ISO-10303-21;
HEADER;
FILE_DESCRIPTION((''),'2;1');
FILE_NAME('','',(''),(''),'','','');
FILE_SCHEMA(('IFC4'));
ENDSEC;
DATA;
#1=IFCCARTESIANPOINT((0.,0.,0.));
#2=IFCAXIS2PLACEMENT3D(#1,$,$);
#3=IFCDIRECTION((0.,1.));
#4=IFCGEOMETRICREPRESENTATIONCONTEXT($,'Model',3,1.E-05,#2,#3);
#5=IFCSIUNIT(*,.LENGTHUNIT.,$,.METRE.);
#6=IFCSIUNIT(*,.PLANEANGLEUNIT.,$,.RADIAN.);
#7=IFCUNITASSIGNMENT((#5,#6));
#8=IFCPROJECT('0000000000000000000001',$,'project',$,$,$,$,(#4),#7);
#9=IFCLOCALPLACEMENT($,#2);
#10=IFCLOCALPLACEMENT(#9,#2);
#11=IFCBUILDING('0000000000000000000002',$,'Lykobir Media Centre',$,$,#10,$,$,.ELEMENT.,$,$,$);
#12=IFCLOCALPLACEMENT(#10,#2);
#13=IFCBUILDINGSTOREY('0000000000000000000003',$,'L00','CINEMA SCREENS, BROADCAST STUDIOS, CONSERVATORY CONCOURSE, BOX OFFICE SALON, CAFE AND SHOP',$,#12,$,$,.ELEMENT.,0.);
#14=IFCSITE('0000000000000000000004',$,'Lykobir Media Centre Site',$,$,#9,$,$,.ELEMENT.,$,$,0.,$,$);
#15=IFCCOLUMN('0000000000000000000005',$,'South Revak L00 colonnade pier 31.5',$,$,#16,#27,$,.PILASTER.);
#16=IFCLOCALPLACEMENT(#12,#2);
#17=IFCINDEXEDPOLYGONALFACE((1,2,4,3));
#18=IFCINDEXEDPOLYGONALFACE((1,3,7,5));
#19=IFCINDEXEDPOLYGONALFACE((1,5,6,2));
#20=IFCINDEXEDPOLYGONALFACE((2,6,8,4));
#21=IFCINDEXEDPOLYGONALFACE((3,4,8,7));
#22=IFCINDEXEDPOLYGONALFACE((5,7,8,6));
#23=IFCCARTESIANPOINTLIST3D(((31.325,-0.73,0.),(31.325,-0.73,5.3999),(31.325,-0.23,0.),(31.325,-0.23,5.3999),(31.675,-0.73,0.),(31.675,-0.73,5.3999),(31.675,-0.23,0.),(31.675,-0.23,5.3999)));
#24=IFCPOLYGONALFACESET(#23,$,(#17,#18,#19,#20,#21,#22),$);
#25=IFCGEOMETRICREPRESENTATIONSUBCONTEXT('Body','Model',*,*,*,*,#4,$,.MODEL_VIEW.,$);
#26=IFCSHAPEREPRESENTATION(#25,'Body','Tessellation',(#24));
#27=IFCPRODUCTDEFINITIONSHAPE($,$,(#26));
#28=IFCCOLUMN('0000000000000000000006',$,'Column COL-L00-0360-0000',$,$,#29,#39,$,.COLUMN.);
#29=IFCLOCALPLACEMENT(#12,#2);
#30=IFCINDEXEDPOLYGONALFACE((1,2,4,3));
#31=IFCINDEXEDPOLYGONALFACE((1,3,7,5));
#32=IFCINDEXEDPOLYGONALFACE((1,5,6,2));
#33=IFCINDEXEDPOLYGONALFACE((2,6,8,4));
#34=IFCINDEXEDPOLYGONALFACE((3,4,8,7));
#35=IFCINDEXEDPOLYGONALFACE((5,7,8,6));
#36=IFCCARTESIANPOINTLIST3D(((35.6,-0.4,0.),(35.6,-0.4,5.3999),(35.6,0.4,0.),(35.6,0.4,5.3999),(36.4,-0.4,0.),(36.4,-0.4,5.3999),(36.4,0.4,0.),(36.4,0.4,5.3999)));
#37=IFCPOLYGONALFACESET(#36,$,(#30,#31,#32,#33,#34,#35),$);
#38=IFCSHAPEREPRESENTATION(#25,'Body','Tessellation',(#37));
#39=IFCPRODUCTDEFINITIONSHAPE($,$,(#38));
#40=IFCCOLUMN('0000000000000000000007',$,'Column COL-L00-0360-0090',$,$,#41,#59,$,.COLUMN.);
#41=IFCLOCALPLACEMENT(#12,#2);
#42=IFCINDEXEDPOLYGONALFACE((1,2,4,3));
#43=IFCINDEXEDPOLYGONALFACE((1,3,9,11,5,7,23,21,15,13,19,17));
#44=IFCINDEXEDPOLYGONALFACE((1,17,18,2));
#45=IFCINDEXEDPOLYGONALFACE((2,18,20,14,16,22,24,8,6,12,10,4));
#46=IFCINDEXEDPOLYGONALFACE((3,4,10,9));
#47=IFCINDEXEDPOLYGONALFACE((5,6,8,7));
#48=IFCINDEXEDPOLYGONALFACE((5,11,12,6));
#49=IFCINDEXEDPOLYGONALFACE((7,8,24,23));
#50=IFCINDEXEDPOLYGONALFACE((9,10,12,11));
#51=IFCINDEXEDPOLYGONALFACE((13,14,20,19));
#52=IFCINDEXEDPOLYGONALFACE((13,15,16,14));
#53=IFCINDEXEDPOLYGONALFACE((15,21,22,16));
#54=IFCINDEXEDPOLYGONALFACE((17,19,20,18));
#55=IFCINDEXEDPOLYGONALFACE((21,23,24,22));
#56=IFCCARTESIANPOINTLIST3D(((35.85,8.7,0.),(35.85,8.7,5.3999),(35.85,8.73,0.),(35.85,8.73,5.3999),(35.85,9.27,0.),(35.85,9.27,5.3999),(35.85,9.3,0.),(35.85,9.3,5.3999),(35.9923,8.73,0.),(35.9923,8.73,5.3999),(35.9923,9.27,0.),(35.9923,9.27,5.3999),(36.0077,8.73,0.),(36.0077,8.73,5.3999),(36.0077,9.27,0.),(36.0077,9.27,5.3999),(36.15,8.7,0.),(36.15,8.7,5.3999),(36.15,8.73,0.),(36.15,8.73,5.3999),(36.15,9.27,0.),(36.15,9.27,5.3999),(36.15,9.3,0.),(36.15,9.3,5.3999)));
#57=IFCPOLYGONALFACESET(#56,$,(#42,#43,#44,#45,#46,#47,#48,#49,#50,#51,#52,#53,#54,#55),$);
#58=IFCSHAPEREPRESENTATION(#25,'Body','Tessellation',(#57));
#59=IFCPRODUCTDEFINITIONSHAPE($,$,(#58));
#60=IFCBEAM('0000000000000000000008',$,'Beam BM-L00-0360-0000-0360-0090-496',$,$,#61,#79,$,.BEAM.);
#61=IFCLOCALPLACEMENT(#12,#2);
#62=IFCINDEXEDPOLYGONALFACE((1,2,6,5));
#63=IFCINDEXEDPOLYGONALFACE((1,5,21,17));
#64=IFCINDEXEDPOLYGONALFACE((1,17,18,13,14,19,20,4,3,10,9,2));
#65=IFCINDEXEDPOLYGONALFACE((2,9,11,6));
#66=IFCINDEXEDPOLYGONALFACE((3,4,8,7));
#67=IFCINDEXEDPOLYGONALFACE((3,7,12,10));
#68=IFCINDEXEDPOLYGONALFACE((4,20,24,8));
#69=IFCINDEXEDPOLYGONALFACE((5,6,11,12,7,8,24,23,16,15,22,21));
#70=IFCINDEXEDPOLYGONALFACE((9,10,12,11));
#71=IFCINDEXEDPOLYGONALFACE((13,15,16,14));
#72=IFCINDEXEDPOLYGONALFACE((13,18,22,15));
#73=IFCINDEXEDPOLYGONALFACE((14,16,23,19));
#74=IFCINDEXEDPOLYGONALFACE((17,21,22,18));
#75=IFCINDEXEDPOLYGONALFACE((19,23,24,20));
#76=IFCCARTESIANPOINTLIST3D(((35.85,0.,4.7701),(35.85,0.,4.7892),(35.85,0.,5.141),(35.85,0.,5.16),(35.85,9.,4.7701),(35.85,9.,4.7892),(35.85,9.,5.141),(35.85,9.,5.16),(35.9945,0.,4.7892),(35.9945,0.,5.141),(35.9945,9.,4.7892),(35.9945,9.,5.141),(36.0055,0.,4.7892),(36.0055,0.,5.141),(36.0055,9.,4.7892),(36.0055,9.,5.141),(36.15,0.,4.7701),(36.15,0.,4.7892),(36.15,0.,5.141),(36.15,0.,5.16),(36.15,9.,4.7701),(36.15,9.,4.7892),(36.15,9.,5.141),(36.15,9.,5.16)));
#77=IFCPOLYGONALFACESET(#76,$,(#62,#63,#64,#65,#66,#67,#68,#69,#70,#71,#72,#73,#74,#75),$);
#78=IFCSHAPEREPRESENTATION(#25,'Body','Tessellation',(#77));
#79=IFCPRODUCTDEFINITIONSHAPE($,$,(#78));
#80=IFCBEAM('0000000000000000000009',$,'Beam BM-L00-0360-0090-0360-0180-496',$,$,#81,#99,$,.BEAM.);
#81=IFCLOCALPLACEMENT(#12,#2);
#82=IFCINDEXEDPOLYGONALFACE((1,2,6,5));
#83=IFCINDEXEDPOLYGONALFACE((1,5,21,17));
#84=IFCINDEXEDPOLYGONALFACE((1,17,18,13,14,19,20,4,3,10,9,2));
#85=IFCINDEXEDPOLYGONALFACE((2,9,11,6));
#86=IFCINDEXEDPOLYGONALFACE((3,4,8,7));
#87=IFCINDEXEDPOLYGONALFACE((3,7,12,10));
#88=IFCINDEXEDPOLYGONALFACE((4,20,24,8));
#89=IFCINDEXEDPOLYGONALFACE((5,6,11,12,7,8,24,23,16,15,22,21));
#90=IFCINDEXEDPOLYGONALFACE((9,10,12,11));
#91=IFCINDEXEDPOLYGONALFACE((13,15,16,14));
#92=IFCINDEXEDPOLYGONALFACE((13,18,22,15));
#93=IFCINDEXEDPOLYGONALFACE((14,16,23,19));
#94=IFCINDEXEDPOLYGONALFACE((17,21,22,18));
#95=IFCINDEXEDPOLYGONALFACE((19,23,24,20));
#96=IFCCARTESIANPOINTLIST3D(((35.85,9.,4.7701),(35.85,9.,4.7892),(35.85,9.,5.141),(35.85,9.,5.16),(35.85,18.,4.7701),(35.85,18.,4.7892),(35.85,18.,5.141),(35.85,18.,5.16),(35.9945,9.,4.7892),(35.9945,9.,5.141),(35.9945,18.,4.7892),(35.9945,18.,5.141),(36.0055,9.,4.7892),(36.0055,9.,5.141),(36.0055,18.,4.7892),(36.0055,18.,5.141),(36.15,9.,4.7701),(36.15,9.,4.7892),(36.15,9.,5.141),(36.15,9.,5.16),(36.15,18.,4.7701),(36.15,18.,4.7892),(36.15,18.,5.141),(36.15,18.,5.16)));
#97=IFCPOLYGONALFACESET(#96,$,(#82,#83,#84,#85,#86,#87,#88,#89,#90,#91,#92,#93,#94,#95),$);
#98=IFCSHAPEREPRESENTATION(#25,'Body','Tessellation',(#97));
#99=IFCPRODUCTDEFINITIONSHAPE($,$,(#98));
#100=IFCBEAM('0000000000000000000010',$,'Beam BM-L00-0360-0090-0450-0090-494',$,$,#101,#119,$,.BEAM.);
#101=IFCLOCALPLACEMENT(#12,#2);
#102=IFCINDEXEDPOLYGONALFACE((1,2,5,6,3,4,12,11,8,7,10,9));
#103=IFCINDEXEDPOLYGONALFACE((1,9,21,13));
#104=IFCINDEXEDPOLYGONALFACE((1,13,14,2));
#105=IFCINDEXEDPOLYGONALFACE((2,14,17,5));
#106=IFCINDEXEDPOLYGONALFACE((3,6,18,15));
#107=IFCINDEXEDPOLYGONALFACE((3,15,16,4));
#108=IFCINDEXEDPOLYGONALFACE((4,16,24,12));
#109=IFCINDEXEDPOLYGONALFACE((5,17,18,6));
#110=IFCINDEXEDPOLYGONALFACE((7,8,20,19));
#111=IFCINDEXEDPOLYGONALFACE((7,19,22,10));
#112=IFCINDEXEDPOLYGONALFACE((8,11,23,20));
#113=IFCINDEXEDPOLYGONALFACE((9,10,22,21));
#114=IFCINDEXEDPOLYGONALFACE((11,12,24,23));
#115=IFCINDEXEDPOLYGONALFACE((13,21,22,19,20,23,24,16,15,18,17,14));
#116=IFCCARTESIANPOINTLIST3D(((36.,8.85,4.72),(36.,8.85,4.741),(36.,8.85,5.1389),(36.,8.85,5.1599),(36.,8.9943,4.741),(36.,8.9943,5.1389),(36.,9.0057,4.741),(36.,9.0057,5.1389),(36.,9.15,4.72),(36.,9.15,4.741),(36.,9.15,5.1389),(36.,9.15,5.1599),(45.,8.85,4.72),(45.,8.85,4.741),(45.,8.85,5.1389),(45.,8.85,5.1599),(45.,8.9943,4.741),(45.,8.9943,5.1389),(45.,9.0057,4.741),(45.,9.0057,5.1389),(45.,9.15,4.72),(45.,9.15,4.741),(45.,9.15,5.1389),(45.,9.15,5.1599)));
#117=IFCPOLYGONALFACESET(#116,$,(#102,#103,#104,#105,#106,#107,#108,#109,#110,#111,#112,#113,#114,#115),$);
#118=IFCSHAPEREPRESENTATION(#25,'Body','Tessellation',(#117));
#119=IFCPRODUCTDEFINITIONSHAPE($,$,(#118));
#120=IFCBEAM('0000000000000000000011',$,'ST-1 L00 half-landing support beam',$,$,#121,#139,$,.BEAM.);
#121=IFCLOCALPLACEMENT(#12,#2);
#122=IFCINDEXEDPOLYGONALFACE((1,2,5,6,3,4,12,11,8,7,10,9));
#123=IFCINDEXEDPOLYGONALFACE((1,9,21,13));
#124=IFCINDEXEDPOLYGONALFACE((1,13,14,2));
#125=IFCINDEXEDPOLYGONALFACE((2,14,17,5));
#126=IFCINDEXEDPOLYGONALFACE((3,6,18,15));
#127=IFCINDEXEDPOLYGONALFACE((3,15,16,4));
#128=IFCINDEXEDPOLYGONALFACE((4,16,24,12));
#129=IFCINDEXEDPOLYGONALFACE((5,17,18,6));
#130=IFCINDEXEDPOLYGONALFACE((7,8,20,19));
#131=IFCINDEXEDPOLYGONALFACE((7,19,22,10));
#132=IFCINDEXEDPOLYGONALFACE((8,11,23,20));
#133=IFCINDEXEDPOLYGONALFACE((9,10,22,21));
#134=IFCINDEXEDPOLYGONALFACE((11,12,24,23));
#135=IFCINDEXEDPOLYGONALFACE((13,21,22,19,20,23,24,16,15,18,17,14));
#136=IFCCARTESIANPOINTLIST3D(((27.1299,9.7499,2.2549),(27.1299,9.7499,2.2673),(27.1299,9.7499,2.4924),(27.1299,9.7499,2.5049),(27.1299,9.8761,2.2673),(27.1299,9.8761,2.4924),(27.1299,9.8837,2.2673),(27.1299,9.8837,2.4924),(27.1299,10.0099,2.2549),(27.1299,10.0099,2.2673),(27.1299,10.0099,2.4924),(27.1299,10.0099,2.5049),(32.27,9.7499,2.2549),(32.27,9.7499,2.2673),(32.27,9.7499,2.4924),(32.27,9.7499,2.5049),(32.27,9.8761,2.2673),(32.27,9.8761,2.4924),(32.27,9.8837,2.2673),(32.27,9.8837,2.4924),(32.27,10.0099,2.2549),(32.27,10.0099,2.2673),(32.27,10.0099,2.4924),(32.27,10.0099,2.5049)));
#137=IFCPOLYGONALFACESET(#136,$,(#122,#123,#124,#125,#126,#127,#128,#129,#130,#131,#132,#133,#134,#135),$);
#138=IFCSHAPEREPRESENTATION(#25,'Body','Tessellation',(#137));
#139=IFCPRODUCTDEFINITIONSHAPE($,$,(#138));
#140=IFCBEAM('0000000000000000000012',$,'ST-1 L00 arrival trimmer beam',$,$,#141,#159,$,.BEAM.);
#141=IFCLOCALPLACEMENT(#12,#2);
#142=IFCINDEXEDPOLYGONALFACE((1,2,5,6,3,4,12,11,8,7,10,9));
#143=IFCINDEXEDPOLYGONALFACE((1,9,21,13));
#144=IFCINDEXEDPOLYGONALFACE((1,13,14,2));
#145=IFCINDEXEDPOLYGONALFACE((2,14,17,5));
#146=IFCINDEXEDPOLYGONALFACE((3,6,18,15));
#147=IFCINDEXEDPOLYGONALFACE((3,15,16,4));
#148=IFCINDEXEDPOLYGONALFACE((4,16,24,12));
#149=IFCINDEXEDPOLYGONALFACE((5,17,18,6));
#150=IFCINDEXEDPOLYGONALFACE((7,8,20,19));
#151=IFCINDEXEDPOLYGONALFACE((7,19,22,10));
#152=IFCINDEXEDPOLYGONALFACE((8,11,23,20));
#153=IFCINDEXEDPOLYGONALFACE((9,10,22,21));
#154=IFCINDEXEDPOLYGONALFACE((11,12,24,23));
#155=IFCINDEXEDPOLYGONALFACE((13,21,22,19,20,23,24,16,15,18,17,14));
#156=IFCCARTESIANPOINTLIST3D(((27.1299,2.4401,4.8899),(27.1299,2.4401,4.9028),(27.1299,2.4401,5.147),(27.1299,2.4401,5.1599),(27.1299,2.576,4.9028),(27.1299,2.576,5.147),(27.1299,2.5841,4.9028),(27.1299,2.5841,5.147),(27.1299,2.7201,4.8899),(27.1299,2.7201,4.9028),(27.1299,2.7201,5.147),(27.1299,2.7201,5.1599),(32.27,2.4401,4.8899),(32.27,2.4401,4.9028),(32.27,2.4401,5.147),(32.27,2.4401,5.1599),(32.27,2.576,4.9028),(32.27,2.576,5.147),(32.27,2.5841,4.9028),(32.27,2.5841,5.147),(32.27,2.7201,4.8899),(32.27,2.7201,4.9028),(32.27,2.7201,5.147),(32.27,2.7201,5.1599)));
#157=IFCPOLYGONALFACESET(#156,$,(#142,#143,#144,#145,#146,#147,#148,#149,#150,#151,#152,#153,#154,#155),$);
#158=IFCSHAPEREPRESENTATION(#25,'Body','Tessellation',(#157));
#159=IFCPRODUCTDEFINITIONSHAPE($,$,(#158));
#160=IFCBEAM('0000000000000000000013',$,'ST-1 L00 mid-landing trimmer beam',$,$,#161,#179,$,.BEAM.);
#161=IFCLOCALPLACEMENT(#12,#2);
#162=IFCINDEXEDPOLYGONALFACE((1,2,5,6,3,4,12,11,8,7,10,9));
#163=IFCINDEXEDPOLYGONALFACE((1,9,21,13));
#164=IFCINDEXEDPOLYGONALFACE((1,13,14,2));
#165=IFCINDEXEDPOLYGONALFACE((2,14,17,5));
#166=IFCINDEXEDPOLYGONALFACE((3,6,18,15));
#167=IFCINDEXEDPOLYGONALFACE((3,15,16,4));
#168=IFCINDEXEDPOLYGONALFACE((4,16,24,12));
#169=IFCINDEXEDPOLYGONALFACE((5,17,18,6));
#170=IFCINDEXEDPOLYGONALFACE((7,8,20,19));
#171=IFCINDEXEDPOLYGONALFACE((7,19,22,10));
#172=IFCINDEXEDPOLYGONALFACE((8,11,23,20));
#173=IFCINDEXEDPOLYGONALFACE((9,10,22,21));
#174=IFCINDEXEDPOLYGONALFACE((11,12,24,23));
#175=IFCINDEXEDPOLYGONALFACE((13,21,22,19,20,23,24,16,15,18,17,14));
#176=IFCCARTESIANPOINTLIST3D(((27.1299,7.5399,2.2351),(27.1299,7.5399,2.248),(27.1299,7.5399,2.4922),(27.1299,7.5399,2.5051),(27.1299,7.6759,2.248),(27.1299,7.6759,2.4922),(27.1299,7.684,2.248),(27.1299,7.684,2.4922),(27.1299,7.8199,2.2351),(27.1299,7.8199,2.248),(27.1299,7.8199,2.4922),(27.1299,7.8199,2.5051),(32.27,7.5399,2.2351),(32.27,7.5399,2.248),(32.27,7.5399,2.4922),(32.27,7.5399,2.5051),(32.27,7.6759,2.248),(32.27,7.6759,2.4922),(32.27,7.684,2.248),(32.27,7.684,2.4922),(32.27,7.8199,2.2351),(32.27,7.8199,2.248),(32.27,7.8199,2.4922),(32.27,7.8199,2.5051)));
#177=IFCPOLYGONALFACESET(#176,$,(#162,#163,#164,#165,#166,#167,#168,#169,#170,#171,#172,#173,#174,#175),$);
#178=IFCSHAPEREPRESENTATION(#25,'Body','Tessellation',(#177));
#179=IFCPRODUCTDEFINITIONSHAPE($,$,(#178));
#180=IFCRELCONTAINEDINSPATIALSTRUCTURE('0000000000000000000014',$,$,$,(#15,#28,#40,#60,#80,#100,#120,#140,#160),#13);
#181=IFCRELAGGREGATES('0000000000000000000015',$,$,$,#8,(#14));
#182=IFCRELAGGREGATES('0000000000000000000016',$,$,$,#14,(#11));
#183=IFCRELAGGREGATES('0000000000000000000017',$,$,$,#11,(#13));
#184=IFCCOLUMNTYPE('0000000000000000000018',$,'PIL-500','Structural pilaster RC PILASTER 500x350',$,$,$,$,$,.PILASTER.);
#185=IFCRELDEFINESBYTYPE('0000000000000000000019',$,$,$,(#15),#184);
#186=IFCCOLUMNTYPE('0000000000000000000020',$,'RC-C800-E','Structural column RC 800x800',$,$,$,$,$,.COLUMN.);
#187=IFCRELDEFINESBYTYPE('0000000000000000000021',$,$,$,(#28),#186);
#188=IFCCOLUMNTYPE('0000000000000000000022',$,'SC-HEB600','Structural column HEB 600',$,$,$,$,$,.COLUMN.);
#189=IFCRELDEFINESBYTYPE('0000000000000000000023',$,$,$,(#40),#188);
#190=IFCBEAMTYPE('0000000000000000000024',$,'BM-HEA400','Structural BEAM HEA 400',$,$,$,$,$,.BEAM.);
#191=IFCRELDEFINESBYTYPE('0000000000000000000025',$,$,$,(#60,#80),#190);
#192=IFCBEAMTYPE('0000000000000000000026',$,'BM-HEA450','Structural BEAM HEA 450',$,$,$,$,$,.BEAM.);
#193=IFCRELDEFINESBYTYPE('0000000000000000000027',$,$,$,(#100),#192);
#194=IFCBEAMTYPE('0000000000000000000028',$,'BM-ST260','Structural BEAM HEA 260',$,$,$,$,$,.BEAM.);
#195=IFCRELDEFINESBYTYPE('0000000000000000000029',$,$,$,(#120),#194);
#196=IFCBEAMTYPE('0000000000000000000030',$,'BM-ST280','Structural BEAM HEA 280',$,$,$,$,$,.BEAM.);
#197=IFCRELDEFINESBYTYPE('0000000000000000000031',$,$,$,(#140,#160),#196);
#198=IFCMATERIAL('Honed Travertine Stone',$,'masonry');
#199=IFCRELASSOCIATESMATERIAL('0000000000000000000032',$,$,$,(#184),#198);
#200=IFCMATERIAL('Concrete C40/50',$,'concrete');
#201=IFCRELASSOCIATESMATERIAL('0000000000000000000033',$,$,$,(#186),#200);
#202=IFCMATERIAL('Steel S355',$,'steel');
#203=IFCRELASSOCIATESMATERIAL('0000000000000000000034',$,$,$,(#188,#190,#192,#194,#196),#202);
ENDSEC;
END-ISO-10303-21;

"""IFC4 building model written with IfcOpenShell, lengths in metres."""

from ifc_helpers import new_model, si_unit, direction, frame, origin, origin_2d, place, context, subcontext, project, spatial, rectangle, i_section, extrude, material, material_profile, profile_set, type_object, element, save


model = new_model("IFC4")

# Units and contexts
model_context = context("Model", 3, precision=1e-05, world=origin(), true_north=direction((0.0, 1.0)))
body_context = subcontext(model_context, "Body", "Model", "MODEL_VIEW")
ifc_project = project(units=[si_unit("LENGTHUNIT", "METRE"), si_unit("PLANEANGLEUNIT", "RADIAN")], contexts=[model_context])

# Site, building, storey
site_placement = place(None, origin())
site = spatial("IfcSite", under=ifc_project, at=site_placement, Name="Lykobir Media Centre Site", CompositionType="ELEMENT", RefElevation=0.0)
building_placement = place(site_placement, origin())
building = spatial("IfcBuilding", under=site, at=building_placement, Name="Lykobir Media Centre", CompositionType="ELEMENT")
storey_placement = place(building_placement, origin())
storey = spatial("IfcBuildingStorey", under=building, at=storey_placement, Name="L00", Description="CINEMA SCREENS, BROADCAST STUDIOS, CONSERVATORY CONCOURSE, BOX OFFICE SALON, CAFE AND SHOP", CompositionType="ELEMENT", Elevation=0.0)

# Columns
ifc_material_1 = material(Name="Honed Travertine Stone", Category="masonry")
ifc_material_profile_1 = material_profile(ifc_material_1, rectangle(XDim=0.3501, YDim=0.5, at=origin_2d()), Name="RC PILASTER 500x350")
ifc_profile_set_1 = profile_set([ifc_material_profile_1], Name="Honed Travertine Stone")
column_type_1 = type_object("IfcColumnType", Name="PIL-500", Description="Structural pilaster RC PILASTER 500x350", PredefinedType="PILASTER", material=ifc_profile_set_1)
column_1_placement = place(storey_placement, frame((31.5, -0.48, 0.0), z_axis=(0.0, 0.0, 1.0), x_axis=(1.0, 0.0, 0.0)))
element("IfcColumn", 1, at=column_1_placement, inside=storey, type_object=column_type_1, Name="South Revak L00 colonnade pier 31.5", PredefinedType="PILASTER", context=body_context, shape_type="SweptSolid", body=[
    extrude(rectangle(XDim=0.3501, YDim=0.5, at=origin_2d()), origin(), (0.0, 0.0, 1.0), 5.3999),
])
ifc_material_2 = material(Name="Concrete C40/50", Category="concrete")
ifc_material_profile_2 = material_profile(ifc_material_2, rectangle(XDim=0.8, YDim=0.8, at=origin_2d()), Name="RC 800x800")
ifc_profile_set_2 = profile_set([ifc_material_profile_2], Name="Concrete C40/50")
column_type_2 = type_object("IfcColumnType", Name="RC-C800-E", Description="Structural column RC 800x800", PredefinedType="COLUMN", material=ifc_profile_set_2)
column_2_placement = place(storey_placement, frame((36.0, 0.0, 0.0), z_axis=(0.0, 0.0, 1.0), x_axis=(1.0, 0.0, 0.0)))
element("IfcColumn", 2, at=column_2_placement, inside=storey, type_object=column_type_2, Name="Column COL-L00-0360-0000", PredefinedType="COLUMN", context=body_context, shape_type="SweptSolid", body=[
    extrude(rectangle(XDim=0.8, YDim=0.8, at=origin_2d()), origin(), (0.0, 0.0, 1.0), 5.3999),
])
ifc_material_3 = material(Name="Steel S355", Category="steel")
ifc_material_profile_3 = material_profile(ifc_material_3, i_section(OverallWidth=0.3, OverallDepth=0.6001, WebThickness=0.0154, FlangeThickness=0.03, at=origin_2d()), Name="HEB 600")
ifc_profile_set_3 = profile_set([ifc_material_profile_3], Name="Steel S355")
column_type_3 = type_object("IfcColumnType", Name="SC-HEB600", Description="Structural column HEB 600", PredefinedType="COLUMN", material=ifc_profile_set_3)
column_3_placement = place(storey_placement, frame((36.0, 9.0, 0.0), z_axis=(0.0, 0.0, 1.0), x_axis=(1.0, 0.0, 0.0)))
element("IfcColumn", 3, at=column_3_placement, inside=storey, type_object=column_type_3, Name="Column COL-L00-0360-0090", PredefinedType="COLUMN", context=body_context, shape_type="SweptSolid", body=[
    extrude(i_section(OverallWidth=0.3, OverallDepth=0.6001, WebThickness=0.0154, FlangeThickness=0.03, at=origin_2d()), origin(), (0.0, 0.0, 1.0), 5.3999),
])

# Beams
ifc_material_profile_4 = material_profile(ifc_material_3, i_section(OverallWidth=0.3, OverallDepth=0.3899, WebThickness=0.011, FlangeThickness=0.019, at=origin_2d()), Name="HEA 400")
ifc_profile_set_4 = profile_set([ifc_material_profile_4], Name="Steel S355")
beam_type_1 = type_object("IfcBeamType", Name="BM-HEA400", Description="Structural BEAM HEA 400", PredefinedType="BEAM", material=ifc_profile_set_4)
for number, where, z_axis, x_axis, name in (
    (4, (36.0, 0.0, 4.9651), (0.0, 1.0, 0.0), (-1.0, 0.0, 0.0), "Beam BM-L00-0360-0000-0360-0090-496"),
    (5, (36.0, 9.0, 4.9651), (0.0, 1.0, 0.0), (-1.0, 0.0, 0.0), "Beam BM-L00-0360-0090-0360-0180-496"),
):
    element("IfcBeam", number, at=place(storey_placement, frame(where, z_axis=z_axis, x_axis=x_axis)), inside=storey, type_object=beam_type_1, Name=name, PredefinedType="BEAM", context=body_context, shape_type="SweptSolid", body=[
        extrude(i_section(OverallWidth=0.3, OverallDepth=0.3899, WebThickness=0.011, FlangeThickness=0.019, at=origin_2d()), origin(), (0.0, 0.0, 1.0), 9.0),
    ])
ifc_material_profile_5 = material_profile(ifc_material_3, i_section(OverallWidth=0.3, OverallDepth=0.4399, WebThickness=0.0115, FlangeThickness=0.021, at=origin_2d()), Name="HEA 450")
ifc_profile_set_5 = profile_set([ifc_material_profile_5], Name="Steel S355")
beam_type_2 = type_object("IfcBeamType", Name="BM-HEA450", Description="Structural BEAM HEA 450", PredefinedType="BEAM", material=ifc_profile_set_5)
beam_1_placement = place(storey_placement, frame((36.0, 9.0, 4.9399), z_axis=(1.0, 0.0, 0.0), x_axis=(0.0, 1.0, 0.0)))
element("IfcBeam", 6, at=beam_1_placement, inside=storey, type_object=beam_type_2, Name="Beam BM-L00-0360-0090-0450-0090-494", PredefinedType="BEAM", context=body_context, shape_type="SweptSolid", body=[
    extrude(i_section(OverallWidth=0.3, OverallDepth=0.4399, WebThickness=0.0115, FlangeThickness=0.021, at=origin_2d()), origin(), (0.0, 0.0, 1.0), 9.0),
])
ifc_material_profile_6 = material_profile(ifc_material_3, i_section(OverallWidth=0.26, OverallDepth=0.25, WebThickness=0.0076, FlangeThickness=0.0125, at=origin_2d()), Name="HEA 260")
ifc_profile_set_6 = profile_set([ifc_material_profile_6], Name="Steel S355")
beam_type_3 = type_object("IfcBeamType", Name="BM-ST260", Description="Structural BEAM HEA 260", PredefinedType="BEAM", material=ifc_profile_set_6)
beam_2_placement = place(storey_placement, frame((27.1299, 9.8799, 2.3799), z_axis=(1.0, 0.0, 0.0), x_axis=(0.0, 1.0, 0.0)))
element("IfcBeam", 7, at=beam_2_placement, inside=storey, type_object=beam_type_3, Name="ST-1 L00 half-landing support beam", PredefinedType="BEAM", context=body_context, shape_type="SweptSolid", body=[
    extrude(i_section(OverallWidth=0.26, OverallDepth=0.25, WebThickness=0.0076, FlangeThickness=0.0125, at=origin_2d()), origin(), (0.0, 0.0, 1.0), 5.1401),
])
ifc_material_profile_7 = material_profile(ifc_material_3, i_section(OverallWidth=0.28, OverallDepth=0.27, WebThickness=0.0081, FlangeThickness=0.0129, at=origin_2d()), Name="HEA 280")
ifc_profile_set_7 = profile_set([ifc_material_profile_7], Name="Steel S355")
beam_type_4 = type_object("IfcBeamType", Name="BM-ST280", Description="Structural BEAM HEA 280", PredefinedType="BEAM", material=ifc_profile_set_7)
for number, where, z_axis, x_axis, name in (
    (8, (27.1299, 2.5801, 5.0249), (1.0, 0.0, 0.0), (0.0, 1.0, 0.0), "ST-1 L00 arrival trimmer beam"),
    (9, (27.1299, 7.6799, 2.3701), (1.0, 0.0, 0.0), (0.0, 1.0, 0.0), "ST-1 L00 mid-landing trimmer beam"),
):
    element("IfcBeam", number, at=place(storey_placement, frame(where, z_axis=z_axis, x_axis=x_axis)), inside=storey, type_object=beam_type_4, Name=name, PredefinedType="BEAM", context=body_context, shape_type="SweptSolid", body=[
        extrude(i_section(OverallWidth=0.28, OverallDepth=0.27, WebThickness=0.0081, FlangeThickness=0.0129, at=origin_2d()), origin(), (0.0, 0.0, 1.0), 5.1401),
    ])

save(model, "model.ifc")
